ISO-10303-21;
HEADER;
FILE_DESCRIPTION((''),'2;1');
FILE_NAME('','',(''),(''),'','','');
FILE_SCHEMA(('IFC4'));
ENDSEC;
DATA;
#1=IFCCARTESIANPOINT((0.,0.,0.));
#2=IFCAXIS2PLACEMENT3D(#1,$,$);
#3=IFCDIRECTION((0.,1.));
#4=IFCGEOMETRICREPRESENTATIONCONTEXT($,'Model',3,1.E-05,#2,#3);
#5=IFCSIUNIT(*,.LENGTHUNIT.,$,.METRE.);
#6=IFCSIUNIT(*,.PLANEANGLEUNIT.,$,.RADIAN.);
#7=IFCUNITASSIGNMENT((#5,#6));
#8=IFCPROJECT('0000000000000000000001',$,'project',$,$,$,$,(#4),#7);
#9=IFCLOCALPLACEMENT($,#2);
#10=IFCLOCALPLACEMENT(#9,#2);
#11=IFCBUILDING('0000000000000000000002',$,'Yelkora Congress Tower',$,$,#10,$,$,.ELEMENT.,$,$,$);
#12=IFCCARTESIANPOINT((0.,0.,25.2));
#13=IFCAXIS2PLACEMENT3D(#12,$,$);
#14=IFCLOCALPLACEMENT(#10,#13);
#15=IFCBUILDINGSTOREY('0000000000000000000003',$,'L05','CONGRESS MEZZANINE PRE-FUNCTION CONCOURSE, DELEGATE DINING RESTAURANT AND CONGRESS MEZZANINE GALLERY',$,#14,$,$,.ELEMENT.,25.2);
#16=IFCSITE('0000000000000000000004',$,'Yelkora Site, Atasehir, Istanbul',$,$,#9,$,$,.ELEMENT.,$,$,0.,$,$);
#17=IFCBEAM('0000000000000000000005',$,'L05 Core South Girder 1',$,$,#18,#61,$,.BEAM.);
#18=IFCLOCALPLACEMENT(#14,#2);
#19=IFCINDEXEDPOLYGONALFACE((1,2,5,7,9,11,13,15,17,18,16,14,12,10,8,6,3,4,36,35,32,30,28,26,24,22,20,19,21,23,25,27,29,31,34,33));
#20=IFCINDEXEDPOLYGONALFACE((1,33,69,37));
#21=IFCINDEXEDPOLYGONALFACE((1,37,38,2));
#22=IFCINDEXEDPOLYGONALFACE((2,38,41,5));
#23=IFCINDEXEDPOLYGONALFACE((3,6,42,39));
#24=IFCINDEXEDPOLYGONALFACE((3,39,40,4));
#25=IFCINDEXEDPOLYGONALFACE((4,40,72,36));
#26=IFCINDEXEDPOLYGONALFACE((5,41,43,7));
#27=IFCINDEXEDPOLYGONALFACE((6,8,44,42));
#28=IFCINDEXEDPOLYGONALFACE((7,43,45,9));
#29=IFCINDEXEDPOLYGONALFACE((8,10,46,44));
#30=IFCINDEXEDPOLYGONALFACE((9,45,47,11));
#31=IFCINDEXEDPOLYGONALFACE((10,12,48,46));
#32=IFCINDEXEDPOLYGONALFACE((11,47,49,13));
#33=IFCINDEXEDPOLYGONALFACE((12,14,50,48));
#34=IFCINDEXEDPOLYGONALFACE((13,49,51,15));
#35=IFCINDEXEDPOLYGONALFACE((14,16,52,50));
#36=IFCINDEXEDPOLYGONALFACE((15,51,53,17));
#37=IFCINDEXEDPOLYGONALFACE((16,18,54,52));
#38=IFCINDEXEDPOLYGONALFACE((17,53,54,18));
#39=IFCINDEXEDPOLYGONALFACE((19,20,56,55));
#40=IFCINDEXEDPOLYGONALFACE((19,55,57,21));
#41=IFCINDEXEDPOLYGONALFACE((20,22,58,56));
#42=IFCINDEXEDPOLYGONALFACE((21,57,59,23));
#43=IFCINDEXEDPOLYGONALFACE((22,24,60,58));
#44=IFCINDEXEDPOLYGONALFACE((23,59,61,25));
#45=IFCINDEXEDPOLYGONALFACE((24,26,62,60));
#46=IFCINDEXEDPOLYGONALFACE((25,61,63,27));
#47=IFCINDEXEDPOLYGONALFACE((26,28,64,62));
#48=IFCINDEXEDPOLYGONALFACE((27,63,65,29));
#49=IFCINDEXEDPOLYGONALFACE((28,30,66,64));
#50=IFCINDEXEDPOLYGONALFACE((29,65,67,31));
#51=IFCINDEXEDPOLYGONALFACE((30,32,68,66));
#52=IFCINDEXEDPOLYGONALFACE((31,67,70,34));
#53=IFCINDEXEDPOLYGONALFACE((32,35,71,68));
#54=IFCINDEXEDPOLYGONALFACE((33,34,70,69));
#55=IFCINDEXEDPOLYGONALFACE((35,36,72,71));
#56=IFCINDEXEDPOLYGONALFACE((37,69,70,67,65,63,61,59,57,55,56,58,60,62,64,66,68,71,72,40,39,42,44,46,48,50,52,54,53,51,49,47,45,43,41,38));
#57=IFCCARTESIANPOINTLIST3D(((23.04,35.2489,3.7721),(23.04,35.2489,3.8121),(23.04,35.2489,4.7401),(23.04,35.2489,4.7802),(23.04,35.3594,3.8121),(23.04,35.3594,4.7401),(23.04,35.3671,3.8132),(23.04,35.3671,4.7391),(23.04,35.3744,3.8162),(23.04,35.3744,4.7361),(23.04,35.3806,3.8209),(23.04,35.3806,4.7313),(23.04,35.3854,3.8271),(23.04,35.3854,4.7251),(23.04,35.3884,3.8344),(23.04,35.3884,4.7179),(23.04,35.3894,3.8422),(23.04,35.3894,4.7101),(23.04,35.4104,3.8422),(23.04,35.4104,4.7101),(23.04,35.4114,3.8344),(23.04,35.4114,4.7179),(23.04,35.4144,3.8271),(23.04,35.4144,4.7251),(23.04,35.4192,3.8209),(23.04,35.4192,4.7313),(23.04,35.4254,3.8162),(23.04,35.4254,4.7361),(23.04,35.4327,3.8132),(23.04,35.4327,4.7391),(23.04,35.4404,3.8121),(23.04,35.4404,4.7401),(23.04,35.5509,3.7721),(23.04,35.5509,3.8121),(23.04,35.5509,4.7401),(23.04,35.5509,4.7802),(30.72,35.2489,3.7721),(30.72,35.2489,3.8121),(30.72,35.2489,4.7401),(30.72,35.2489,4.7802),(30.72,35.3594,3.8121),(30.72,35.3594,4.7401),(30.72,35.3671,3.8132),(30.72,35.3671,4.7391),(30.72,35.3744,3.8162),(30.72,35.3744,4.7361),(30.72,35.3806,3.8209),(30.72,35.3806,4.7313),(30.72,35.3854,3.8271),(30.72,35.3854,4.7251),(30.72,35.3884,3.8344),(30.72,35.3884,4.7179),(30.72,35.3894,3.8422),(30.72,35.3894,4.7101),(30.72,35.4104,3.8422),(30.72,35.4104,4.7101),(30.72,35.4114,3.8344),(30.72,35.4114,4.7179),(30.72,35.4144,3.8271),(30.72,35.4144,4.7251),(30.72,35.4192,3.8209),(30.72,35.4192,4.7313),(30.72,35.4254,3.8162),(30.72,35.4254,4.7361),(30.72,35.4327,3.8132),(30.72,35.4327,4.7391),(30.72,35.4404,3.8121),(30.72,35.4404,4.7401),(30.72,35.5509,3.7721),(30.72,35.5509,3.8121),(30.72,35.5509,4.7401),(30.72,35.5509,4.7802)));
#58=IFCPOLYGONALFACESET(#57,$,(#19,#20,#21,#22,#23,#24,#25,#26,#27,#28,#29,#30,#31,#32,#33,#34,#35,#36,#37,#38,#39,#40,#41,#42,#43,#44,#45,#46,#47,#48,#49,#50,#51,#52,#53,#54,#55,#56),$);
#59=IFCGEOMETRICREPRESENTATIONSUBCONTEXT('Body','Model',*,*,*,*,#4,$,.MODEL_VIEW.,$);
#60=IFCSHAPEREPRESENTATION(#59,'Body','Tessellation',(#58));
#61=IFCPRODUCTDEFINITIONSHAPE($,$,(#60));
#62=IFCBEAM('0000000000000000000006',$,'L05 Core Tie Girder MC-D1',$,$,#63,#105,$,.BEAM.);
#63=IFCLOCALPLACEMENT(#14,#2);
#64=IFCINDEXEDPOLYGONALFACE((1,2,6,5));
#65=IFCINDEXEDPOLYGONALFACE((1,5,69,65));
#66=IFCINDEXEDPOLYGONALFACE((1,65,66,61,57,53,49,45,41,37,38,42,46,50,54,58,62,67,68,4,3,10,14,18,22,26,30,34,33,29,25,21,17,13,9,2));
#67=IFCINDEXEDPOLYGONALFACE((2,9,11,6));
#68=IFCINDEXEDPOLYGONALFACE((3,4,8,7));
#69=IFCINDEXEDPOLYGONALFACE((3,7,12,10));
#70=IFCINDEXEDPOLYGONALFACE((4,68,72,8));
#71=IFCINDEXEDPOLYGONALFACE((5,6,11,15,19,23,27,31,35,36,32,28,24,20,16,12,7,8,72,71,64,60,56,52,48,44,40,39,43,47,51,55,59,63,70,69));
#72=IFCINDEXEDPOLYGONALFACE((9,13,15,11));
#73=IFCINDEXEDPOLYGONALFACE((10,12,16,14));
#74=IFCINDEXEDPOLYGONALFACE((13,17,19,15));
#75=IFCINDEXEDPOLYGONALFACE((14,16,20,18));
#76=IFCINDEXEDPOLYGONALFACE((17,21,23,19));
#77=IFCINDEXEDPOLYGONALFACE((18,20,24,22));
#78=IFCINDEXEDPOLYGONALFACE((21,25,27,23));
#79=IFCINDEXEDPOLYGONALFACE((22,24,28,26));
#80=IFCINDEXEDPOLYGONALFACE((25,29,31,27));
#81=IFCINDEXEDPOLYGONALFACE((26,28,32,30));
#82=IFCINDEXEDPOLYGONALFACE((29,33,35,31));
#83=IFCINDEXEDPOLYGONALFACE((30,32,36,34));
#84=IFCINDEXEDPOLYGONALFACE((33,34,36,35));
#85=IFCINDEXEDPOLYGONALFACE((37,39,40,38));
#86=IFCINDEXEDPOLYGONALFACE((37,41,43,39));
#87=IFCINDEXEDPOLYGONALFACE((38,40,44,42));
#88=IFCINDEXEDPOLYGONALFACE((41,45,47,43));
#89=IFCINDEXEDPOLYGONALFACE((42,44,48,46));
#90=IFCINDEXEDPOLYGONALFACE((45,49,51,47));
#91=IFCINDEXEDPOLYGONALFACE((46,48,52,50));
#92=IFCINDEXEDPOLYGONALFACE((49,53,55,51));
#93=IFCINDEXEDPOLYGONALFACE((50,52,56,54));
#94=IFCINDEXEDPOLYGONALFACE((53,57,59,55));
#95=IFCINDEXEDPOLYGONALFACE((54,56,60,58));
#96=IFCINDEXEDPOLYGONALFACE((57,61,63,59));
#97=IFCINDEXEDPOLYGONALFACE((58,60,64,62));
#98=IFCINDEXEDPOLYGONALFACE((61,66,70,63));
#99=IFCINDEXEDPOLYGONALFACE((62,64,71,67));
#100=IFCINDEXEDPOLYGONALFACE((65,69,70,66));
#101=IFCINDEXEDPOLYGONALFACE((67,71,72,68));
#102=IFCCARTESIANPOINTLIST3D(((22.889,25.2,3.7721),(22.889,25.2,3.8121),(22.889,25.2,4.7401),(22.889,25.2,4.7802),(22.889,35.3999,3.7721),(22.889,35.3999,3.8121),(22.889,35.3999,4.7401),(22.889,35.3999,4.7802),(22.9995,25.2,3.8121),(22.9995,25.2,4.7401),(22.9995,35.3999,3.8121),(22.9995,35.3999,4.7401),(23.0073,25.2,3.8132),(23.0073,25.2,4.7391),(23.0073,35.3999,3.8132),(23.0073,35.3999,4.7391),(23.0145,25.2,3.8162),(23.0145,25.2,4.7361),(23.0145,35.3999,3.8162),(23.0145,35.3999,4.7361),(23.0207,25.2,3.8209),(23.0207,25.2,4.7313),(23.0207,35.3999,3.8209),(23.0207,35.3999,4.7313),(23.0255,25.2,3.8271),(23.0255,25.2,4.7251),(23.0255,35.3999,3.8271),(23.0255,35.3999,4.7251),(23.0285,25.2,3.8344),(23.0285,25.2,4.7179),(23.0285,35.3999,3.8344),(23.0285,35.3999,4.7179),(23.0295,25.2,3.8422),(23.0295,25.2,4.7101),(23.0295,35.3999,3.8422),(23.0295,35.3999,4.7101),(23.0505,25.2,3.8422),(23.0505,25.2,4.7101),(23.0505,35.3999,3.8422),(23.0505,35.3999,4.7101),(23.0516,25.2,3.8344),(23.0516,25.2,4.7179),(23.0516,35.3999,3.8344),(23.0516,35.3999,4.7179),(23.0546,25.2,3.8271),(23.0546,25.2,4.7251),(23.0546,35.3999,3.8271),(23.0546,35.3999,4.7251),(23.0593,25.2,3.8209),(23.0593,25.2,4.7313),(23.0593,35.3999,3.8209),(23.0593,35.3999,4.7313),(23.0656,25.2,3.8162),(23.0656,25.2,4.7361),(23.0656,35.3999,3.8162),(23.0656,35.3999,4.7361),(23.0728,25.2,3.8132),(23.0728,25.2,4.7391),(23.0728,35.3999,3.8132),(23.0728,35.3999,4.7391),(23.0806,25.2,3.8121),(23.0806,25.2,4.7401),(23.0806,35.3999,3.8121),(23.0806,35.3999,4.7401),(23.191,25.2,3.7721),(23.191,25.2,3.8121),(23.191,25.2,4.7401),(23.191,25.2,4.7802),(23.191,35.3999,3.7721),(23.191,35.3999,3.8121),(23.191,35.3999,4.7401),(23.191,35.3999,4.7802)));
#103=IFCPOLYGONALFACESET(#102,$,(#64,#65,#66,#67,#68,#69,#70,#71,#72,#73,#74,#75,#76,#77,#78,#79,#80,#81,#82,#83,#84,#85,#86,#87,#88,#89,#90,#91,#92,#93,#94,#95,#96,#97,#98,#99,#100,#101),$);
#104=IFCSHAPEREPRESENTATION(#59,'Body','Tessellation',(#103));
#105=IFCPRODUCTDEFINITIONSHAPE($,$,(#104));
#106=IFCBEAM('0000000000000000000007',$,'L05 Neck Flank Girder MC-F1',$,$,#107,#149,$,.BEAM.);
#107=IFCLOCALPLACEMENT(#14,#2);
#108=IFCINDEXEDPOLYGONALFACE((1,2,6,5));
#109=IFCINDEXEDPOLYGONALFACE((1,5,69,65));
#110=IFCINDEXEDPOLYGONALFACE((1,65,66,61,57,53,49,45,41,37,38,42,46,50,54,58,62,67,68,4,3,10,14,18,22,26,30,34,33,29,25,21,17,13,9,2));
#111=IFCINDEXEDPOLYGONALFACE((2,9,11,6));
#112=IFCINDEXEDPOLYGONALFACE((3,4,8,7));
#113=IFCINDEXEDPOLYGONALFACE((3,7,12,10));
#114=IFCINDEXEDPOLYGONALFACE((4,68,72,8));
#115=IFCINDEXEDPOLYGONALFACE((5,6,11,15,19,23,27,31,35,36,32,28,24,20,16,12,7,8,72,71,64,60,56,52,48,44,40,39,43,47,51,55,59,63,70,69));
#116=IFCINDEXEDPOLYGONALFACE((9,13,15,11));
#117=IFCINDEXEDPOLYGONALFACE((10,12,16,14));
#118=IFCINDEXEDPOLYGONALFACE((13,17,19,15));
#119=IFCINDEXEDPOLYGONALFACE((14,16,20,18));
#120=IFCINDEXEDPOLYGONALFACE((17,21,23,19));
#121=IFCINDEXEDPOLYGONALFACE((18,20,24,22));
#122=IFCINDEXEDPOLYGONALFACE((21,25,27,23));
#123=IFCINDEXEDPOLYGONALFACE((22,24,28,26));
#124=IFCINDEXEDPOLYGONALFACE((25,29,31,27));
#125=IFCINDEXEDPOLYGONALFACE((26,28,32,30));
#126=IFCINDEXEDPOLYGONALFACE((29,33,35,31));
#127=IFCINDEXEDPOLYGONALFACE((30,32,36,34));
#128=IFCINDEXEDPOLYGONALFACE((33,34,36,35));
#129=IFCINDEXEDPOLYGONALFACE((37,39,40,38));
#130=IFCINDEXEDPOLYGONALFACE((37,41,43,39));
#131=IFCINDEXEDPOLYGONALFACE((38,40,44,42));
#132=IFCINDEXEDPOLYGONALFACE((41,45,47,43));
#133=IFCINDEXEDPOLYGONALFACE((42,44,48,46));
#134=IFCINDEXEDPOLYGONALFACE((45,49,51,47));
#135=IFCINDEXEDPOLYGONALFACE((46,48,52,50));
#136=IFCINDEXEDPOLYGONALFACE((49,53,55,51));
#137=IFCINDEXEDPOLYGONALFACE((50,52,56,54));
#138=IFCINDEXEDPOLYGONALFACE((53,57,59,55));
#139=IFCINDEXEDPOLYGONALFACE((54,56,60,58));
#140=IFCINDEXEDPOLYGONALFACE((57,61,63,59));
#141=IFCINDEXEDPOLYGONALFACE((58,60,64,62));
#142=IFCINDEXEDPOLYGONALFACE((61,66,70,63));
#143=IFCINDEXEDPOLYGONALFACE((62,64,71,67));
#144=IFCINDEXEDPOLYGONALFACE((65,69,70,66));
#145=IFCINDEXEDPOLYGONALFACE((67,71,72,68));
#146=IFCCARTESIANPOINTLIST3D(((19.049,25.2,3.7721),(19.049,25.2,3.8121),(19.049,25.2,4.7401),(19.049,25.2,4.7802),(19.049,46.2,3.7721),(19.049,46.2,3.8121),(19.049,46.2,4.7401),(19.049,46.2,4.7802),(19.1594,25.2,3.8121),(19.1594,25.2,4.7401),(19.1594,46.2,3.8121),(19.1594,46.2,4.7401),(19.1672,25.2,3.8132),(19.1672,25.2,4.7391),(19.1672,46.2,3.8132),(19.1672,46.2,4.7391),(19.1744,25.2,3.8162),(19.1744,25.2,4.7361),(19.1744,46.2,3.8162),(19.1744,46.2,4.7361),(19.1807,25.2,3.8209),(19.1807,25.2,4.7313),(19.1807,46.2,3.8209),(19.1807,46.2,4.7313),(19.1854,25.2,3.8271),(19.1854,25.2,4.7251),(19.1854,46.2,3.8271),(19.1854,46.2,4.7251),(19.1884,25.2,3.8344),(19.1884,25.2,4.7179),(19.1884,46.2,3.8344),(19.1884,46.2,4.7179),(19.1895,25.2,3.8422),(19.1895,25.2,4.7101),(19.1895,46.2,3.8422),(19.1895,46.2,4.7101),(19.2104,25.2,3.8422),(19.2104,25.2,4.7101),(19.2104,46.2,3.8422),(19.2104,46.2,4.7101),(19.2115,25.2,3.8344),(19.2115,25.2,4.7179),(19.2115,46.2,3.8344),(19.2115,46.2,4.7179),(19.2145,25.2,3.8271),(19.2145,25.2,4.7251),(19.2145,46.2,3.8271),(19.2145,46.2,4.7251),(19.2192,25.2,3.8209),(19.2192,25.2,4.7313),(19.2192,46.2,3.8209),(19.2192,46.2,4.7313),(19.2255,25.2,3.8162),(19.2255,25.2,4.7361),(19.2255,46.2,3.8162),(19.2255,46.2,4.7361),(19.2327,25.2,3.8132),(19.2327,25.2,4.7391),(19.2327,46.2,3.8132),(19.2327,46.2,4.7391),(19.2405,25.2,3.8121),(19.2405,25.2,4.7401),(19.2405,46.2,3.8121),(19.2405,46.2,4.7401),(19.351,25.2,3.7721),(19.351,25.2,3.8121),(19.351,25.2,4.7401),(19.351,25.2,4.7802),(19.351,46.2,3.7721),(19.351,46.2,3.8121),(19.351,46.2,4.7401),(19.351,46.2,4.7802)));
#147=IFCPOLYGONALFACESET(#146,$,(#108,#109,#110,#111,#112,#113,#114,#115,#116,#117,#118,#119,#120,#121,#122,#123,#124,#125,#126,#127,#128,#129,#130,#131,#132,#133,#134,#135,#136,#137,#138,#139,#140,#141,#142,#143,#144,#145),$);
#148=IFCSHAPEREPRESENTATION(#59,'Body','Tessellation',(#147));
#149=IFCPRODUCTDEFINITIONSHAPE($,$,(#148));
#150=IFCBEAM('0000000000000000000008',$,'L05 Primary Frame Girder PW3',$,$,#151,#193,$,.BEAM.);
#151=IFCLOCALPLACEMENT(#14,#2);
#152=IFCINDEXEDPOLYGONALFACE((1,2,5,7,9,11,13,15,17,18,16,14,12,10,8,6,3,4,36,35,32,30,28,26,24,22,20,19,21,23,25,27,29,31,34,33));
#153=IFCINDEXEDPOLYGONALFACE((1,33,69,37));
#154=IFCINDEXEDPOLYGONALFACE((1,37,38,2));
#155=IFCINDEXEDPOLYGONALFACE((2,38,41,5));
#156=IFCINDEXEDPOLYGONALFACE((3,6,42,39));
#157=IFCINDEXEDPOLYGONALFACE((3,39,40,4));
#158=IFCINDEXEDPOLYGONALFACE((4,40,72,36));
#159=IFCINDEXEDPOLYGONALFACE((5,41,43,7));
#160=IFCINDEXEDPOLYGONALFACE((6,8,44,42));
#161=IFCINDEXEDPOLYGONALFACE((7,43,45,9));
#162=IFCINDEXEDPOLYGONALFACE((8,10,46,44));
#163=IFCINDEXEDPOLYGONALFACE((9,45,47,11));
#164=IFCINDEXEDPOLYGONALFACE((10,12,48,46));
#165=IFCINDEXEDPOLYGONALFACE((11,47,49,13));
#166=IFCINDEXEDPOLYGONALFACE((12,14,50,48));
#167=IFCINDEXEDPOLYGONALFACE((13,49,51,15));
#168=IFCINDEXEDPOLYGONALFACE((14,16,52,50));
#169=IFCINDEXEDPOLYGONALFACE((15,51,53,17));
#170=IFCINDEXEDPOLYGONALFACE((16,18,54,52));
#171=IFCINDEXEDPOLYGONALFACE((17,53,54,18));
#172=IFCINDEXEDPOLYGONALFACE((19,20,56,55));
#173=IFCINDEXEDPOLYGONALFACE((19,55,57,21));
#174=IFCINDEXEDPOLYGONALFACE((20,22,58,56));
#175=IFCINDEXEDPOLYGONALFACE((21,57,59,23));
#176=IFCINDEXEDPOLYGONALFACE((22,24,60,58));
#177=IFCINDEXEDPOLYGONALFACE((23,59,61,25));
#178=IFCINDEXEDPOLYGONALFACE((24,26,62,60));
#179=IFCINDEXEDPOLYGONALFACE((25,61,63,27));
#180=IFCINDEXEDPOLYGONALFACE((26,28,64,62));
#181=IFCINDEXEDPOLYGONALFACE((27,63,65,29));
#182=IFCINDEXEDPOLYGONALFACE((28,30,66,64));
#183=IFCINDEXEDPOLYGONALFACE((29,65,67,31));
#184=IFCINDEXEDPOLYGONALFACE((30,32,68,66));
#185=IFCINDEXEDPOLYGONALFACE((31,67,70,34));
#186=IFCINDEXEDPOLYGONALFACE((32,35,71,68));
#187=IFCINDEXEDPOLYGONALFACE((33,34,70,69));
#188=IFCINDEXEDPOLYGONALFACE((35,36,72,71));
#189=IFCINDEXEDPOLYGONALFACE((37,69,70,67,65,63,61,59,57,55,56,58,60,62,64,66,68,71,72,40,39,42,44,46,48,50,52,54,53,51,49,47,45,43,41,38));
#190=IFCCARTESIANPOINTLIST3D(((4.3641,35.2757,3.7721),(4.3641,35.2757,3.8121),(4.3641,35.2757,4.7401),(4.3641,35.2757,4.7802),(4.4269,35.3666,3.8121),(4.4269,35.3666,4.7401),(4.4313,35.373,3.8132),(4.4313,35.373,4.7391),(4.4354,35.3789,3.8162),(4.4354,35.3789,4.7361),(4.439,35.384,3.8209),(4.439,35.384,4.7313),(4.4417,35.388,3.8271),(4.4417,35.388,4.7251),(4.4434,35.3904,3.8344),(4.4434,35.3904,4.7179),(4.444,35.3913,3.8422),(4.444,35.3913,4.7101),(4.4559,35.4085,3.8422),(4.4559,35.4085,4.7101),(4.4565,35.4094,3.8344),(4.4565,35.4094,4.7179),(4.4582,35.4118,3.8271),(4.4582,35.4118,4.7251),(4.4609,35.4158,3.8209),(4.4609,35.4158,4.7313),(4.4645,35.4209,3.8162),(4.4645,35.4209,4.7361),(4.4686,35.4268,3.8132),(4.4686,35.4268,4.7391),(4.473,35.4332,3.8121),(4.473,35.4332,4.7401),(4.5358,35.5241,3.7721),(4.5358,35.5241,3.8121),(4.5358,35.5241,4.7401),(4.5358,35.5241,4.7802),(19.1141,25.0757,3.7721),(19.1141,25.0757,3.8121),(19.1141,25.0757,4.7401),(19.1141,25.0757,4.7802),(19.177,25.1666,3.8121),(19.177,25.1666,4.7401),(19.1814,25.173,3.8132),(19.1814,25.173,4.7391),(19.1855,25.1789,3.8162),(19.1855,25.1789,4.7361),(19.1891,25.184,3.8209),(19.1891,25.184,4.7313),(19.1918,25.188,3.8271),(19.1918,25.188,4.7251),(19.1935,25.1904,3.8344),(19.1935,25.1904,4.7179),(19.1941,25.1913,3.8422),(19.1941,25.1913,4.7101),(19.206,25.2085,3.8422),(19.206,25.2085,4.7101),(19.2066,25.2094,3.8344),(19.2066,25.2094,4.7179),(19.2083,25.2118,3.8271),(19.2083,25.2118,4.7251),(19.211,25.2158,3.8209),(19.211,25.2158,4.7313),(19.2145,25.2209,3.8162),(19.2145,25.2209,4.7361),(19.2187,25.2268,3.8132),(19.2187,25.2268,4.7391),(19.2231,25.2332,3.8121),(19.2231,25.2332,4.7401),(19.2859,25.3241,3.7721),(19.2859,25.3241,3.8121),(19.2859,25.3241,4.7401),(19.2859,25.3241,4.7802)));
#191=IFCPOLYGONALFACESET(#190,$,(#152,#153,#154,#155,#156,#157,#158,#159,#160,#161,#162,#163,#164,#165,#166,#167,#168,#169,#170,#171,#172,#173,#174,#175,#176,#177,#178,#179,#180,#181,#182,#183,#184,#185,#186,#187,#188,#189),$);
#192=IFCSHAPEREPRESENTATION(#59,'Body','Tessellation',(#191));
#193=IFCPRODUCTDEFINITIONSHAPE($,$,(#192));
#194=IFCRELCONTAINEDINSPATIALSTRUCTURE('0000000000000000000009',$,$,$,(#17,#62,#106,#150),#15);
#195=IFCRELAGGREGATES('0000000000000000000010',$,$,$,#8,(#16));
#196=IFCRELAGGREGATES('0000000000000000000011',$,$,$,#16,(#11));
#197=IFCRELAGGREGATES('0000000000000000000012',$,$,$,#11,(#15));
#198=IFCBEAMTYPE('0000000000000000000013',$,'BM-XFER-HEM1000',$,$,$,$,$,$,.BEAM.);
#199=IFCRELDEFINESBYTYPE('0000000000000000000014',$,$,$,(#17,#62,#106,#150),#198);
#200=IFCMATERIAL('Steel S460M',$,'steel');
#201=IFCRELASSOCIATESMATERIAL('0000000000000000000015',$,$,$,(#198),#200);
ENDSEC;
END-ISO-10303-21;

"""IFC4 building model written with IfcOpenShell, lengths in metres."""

from ifc_helpers import new_model, si_unit, direction, frame, origin, origin_2d, place, context, subcontext, project, spatial, i_section, extrude, material, material_profile, profile_set, type_object, element, save


model = new_model("IFC4")

# Units and contexts
model_context = context("Model", 3, precision=1e-05, world=origin(), true_north=direction((0.0, 1.0)))
body_context = subcontext(model_context, "Body", "Model", "MODEL_VIEW")
ifc_project = project(units=[si_unit("LENGTHUNIT", "METRE"), si_unit("PLANEANGLEUNIT", "RADIAN")], contexts=[model_context])

# Site, building, storey
site_placement = place(None, origin())
site = spatial("IfcSite", under=ifc_project, at=site_placement, Name="Yelkora Site, Atasehir, Istanbul", CompositionType="ELEMENT", RefElevation=0.0)
building_placement = place(site_placement, origin())
building = spatial("IfcBuilding", under=site, at=building_placement, Name="Yelkora Congress Tower", CompositionType="ELEMENT")
storey_placement = place(building_placement, frame((0.0, 0.0, 25.2)))
storey = spatial("IfcBuildingStorey", under=building, at=storey_placement, Name="L05", Description="CONGRESS MEZZANINE PRE-FUNCTION CONCOURSE, DELEGATE DINING RESTAURANT AND CONGRESS MEZZANINE GALLERY", CompositionType="ELEMENT", Elevation=25.2)

# Beams
ifc_material_1 = material(Name="Steel S460M", Category="steel")
ifc_material_profile_1 = material_profile(ifc_material_1, i_section(OverallWidth=0.302, OverallDepth=1.0081, WebThickness=0.021, FlangeThickness=0.04, FilletRadius=0.03, at=origin_2d()), Name="HEM 1000")
ifc_profile_set_1 = profile_set([ifc_material_profile_1], Name="Steel S460M")
beam_type_1 = type_object("IfcBeamType", Name="BM-XFER-HEM1000", PredefinedType="BEAM", material=ifc_profile_set_1)
for number, where, z_axis, x_axis, name in (
    (1, (23.04, 35.3999, 4.2761), (1.0, 0.0, 0.0), (0.0, 1.0, 0.0), "L05 Core South Girder 1"),
):
    element("IfcBeam", number, at=place(storey_placement, frame(where, z_axis=z_axis, x_axis=x_axis)), inside=storey, type_object=beam_type_1, Name=name, PredefinedType="BEAM", context=body_context, shape_type="SweptSolid", body=[
        extrude(i_section(OverallWidth=0.302, OverallDepth=1.0081, WebThickness=0.021, FlangeThickness=0.04, FilletRadius=0.03, at=origin_2d()), origin(), (0.0, 0.0, 1.0), 7.6799),
    ])
beam_1_placement = place(storey_placement, frame((23.04, 25.2, 4.2761), z_axis=(0.0, 1.0, 0.0), x_axis=(-1.0, 0.0, 0.0)))
element("IfcBeam", 2, at=beam_1_placement, inside=storey, type_object=beam_type_1, Name="L05 Core Tie Girder MC-D1", PredefinedType="BEAM", context=body_context, shape_type="SweptSolid", body=[
    extrude(i_section(OverallWidth=0.302, OverallDepth=1.0081, WebThickness=0.021, FlangeThickness=0.04, FilletRadius=0.03, at=origin_2d()), origin(), (0.0, 0.0, 1.0), 10.2),
])
beam_2_placement = place(storey_placement, frame((19.2, 25.2, 4.2761), z_axis=(0.0, 1.0, 0.0), x_axis=(-1.0, 0.0, 0.0)))
element("IfcBeam", 3, at=beam_2_placement, inside=storey, type_object=beam_type_1, Name="L05 Neck Flank Girder MC-F1", PredefinedType="BEAM", context=body_context, shape_type="SweptSolid", body=[
    extrude(i_section(OverallWidth=0.302, OverallDepth=1.0081, WebThickness=0.021, FlangeThickness=0.04, FilletRadius=0.03, at=origin_2d()), origin(), (0.0, 0.0, 1.0), 21.0),
])
beam_3_placement = place(storey_placement, frame((4.45, 35.3999, 4.2761), z_axis=(0.822494, -0.568773, 0.0), x_axis=(0.568773, 0.822494, 0.0)))
element("IfcBeam", 4, at=beam_3_placement, inside=storey, type_object=beam_type_1, Name="L05 Primary Frame Girder PW3", PredefinedType="BEAM", context=body_context, shape_type="SweptSolid", body=[
    extrude(i_section(OverallWidth=0.302, OverallDepth=1.0081, WebThickness=0.021, FlangeThickness=0.04, FilletRadius=0.03, at=origin_2d()), origin(), (0.0, 0.0, 1.0), 17.9333),
])

save(model, "model.ifc")
